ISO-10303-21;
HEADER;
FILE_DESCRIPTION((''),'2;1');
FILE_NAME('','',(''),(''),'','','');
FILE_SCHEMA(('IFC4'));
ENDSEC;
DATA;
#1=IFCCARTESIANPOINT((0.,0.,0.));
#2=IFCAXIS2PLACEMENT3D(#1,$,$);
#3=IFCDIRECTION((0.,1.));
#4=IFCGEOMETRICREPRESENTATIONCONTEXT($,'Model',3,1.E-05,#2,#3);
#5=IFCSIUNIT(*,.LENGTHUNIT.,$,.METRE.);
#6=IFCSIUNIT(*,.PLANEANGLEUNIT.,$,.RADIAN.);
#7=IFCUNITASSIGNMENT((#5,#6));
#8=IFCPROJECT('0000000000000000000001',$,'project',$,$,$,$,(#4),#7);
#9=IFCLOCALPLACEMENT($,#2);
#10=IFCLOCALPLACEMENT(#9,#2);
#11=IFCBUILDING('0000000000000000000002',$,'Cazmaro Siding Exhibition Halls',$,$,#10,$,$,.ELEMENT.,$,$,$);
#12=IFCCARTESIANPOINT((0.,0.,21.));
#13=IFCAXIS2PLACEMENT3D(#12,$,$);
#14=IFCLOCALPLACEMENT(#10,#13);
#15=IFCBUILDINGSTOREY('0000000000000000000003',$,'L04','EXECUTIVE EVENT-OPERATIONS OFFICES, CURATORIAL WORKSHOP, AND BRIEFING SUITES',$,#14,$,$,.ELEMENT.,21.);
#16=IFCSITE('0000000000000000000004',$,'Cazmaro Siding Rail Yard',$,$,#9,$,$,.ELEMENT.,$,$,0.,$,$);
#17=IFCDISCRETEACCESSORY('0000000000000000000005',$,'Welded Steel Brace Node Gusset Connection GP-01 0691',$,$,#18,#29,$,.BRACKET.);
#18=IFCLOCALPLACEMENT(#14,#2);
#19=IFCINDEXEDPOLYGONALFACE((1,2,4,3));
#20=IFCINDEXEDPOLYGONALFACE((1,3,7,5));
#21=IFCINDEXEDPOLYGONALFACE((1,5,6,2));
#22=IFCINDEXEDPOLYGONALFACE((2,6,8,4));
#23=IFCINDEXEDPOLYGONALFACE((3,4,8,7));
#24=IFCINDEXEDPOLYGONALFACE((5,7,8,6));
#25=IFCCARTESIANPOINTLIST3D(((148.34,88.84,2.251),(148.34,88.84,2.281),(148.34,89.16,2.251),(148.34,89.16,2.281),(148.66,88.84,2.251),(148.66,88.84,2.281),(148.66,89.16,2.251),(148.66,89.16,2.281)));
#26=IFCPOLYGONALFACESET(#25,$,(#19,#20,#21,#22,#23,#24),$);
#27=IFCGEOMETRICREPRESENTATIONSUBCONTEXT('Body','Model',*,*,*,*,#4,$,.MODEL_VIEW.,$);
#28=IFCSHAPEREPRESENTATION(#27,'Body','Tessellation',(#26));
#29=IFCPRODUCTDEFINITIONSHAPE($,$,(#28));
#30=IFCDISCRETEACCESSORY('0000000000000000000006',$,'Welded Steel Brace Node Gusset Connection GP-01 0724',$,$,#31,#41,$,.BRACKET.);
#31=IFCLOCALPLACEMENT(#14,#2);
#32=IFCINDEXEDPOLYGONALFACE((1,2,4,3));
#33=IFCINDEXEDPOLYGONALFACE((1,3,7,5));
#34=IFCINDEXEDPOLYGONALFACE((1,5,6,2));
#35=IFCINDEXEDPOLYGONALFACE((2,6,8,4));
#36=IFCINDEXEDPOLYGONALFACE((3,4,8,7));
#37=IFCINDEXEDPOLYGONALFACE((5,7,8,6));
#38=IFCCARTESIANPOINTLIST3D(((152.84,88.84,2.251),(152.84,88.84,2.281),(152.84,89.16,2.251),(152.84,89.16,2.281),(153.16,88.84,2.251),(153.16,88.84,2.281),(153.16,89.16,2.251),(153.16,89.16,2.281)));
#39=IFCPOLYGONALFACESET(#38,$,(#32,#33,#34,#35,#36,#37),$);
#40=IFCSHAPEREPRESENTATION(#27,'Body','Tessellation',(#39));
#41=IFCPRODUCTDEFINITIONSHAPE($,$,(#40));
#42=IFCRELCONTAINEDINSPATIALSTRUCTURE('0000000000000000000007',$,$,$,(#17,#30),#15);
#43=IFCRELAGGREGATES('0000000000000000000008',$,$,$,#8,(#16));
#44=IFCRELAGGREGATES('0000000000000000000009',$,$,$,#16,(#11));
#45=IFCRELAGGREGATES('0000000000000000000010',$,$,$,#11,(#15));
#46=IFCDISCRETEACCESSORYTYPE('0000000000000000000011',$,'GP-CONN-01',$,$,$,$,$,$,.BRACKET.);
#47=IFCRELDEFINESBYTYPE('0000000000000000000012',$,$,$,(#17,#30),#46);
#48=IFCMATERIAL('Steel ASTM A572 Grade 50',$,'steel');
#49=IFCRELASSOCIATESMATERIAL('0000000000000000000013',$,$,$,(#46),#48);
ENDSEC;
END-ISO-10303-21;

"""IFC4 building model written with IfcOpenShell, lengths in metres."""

from ifc_helpers import new_model, si_unit, direction, frame, origin, origin_2d, place, context, subcontext, project, spatial, rectangle, extrude, material, type_object, element, save


model = new_model("IFC4")

# Units and contexts
model_context = context("Model", 3, precision=1e-05, world=origin(), true_north=direction((0.0, 1.0)))
body_context = subcontext(model_context, "Body", "Model", "MODEL_VIEW")
ifc_project = project(units=[si_unit("LENGTHUNIT", "METRE"), si_unit("PLANEANGLEUNIT", "RADIAN")], contexts=[model_context])

# Site, building, storey
site_placement = place(None, origin())
site = spatial("IfcSite", under=ifc_project, at=site_placement, Name="Cazmaro Siding Rail Yard", CompositionType="ELEMENT", RefElevation=0.0)
building_placement = place(site_placement, origin())
building = spatial("IfcBuilding", under=site, at=building_placement, Name="Cazmaro Siding Exhibition Halls", CompositionType="ELEMENT")
storey_placement = place(building_placement, frame((0.0, 0.0, 21.0)))
storey = spatial("IfcBuildingStorey", under=building, at=storey_placement, Name="L04", Description="EXECUTIVE EVENT-OPERATIONS OFFICES, CURATORIAL WORKSHOP, AND BRIEFING SUITES", CompositionType="ELEMENT", Elevation=21.0)

# Discrete accessories
ifc_material_1 = material(Name="Steel ASTM A572 Grade 50", Category="steel")
discrete_accessory_type = type_object("IfcDiscreteAccessoryType", Name="GP-CONN-01", PredefinedType="BRACKET", material=ifc_material_1)
for number, where, z_axis, x_axis, name in (
    (1, (148.5, 89.0, 2.251), (0.0, 0.0, 1.0), (1.0, 0.0, 0.0), "Welded Steel Brace Node Gusset Connection GP-01 0691"),
    (2, (153.0, 89.0, 2.251), (0.0, 0.0, 1.0), (1.0, 0.0, 0.0), "Welded Steel Brace Node Gusset Connection GP-01 0724"),
):
    element("IfcDiscreteAccessory", number, at=place(storey_placement, frame(where, z_axis=z_axis, x_axis=x_axis)), inside=storey, type_object=discrete_accessory_type, Name=name, PredefinedType="BRACKET", context=body_context, shape_type="SweptSolid", body=[
        extrude(rectangle(XDim=0.3201, YDim=0.3201, at=origin_2d()), origin(), (0.0, 0.0, 1.0), 0.03),
    ])

save(model, "model.ifc")
